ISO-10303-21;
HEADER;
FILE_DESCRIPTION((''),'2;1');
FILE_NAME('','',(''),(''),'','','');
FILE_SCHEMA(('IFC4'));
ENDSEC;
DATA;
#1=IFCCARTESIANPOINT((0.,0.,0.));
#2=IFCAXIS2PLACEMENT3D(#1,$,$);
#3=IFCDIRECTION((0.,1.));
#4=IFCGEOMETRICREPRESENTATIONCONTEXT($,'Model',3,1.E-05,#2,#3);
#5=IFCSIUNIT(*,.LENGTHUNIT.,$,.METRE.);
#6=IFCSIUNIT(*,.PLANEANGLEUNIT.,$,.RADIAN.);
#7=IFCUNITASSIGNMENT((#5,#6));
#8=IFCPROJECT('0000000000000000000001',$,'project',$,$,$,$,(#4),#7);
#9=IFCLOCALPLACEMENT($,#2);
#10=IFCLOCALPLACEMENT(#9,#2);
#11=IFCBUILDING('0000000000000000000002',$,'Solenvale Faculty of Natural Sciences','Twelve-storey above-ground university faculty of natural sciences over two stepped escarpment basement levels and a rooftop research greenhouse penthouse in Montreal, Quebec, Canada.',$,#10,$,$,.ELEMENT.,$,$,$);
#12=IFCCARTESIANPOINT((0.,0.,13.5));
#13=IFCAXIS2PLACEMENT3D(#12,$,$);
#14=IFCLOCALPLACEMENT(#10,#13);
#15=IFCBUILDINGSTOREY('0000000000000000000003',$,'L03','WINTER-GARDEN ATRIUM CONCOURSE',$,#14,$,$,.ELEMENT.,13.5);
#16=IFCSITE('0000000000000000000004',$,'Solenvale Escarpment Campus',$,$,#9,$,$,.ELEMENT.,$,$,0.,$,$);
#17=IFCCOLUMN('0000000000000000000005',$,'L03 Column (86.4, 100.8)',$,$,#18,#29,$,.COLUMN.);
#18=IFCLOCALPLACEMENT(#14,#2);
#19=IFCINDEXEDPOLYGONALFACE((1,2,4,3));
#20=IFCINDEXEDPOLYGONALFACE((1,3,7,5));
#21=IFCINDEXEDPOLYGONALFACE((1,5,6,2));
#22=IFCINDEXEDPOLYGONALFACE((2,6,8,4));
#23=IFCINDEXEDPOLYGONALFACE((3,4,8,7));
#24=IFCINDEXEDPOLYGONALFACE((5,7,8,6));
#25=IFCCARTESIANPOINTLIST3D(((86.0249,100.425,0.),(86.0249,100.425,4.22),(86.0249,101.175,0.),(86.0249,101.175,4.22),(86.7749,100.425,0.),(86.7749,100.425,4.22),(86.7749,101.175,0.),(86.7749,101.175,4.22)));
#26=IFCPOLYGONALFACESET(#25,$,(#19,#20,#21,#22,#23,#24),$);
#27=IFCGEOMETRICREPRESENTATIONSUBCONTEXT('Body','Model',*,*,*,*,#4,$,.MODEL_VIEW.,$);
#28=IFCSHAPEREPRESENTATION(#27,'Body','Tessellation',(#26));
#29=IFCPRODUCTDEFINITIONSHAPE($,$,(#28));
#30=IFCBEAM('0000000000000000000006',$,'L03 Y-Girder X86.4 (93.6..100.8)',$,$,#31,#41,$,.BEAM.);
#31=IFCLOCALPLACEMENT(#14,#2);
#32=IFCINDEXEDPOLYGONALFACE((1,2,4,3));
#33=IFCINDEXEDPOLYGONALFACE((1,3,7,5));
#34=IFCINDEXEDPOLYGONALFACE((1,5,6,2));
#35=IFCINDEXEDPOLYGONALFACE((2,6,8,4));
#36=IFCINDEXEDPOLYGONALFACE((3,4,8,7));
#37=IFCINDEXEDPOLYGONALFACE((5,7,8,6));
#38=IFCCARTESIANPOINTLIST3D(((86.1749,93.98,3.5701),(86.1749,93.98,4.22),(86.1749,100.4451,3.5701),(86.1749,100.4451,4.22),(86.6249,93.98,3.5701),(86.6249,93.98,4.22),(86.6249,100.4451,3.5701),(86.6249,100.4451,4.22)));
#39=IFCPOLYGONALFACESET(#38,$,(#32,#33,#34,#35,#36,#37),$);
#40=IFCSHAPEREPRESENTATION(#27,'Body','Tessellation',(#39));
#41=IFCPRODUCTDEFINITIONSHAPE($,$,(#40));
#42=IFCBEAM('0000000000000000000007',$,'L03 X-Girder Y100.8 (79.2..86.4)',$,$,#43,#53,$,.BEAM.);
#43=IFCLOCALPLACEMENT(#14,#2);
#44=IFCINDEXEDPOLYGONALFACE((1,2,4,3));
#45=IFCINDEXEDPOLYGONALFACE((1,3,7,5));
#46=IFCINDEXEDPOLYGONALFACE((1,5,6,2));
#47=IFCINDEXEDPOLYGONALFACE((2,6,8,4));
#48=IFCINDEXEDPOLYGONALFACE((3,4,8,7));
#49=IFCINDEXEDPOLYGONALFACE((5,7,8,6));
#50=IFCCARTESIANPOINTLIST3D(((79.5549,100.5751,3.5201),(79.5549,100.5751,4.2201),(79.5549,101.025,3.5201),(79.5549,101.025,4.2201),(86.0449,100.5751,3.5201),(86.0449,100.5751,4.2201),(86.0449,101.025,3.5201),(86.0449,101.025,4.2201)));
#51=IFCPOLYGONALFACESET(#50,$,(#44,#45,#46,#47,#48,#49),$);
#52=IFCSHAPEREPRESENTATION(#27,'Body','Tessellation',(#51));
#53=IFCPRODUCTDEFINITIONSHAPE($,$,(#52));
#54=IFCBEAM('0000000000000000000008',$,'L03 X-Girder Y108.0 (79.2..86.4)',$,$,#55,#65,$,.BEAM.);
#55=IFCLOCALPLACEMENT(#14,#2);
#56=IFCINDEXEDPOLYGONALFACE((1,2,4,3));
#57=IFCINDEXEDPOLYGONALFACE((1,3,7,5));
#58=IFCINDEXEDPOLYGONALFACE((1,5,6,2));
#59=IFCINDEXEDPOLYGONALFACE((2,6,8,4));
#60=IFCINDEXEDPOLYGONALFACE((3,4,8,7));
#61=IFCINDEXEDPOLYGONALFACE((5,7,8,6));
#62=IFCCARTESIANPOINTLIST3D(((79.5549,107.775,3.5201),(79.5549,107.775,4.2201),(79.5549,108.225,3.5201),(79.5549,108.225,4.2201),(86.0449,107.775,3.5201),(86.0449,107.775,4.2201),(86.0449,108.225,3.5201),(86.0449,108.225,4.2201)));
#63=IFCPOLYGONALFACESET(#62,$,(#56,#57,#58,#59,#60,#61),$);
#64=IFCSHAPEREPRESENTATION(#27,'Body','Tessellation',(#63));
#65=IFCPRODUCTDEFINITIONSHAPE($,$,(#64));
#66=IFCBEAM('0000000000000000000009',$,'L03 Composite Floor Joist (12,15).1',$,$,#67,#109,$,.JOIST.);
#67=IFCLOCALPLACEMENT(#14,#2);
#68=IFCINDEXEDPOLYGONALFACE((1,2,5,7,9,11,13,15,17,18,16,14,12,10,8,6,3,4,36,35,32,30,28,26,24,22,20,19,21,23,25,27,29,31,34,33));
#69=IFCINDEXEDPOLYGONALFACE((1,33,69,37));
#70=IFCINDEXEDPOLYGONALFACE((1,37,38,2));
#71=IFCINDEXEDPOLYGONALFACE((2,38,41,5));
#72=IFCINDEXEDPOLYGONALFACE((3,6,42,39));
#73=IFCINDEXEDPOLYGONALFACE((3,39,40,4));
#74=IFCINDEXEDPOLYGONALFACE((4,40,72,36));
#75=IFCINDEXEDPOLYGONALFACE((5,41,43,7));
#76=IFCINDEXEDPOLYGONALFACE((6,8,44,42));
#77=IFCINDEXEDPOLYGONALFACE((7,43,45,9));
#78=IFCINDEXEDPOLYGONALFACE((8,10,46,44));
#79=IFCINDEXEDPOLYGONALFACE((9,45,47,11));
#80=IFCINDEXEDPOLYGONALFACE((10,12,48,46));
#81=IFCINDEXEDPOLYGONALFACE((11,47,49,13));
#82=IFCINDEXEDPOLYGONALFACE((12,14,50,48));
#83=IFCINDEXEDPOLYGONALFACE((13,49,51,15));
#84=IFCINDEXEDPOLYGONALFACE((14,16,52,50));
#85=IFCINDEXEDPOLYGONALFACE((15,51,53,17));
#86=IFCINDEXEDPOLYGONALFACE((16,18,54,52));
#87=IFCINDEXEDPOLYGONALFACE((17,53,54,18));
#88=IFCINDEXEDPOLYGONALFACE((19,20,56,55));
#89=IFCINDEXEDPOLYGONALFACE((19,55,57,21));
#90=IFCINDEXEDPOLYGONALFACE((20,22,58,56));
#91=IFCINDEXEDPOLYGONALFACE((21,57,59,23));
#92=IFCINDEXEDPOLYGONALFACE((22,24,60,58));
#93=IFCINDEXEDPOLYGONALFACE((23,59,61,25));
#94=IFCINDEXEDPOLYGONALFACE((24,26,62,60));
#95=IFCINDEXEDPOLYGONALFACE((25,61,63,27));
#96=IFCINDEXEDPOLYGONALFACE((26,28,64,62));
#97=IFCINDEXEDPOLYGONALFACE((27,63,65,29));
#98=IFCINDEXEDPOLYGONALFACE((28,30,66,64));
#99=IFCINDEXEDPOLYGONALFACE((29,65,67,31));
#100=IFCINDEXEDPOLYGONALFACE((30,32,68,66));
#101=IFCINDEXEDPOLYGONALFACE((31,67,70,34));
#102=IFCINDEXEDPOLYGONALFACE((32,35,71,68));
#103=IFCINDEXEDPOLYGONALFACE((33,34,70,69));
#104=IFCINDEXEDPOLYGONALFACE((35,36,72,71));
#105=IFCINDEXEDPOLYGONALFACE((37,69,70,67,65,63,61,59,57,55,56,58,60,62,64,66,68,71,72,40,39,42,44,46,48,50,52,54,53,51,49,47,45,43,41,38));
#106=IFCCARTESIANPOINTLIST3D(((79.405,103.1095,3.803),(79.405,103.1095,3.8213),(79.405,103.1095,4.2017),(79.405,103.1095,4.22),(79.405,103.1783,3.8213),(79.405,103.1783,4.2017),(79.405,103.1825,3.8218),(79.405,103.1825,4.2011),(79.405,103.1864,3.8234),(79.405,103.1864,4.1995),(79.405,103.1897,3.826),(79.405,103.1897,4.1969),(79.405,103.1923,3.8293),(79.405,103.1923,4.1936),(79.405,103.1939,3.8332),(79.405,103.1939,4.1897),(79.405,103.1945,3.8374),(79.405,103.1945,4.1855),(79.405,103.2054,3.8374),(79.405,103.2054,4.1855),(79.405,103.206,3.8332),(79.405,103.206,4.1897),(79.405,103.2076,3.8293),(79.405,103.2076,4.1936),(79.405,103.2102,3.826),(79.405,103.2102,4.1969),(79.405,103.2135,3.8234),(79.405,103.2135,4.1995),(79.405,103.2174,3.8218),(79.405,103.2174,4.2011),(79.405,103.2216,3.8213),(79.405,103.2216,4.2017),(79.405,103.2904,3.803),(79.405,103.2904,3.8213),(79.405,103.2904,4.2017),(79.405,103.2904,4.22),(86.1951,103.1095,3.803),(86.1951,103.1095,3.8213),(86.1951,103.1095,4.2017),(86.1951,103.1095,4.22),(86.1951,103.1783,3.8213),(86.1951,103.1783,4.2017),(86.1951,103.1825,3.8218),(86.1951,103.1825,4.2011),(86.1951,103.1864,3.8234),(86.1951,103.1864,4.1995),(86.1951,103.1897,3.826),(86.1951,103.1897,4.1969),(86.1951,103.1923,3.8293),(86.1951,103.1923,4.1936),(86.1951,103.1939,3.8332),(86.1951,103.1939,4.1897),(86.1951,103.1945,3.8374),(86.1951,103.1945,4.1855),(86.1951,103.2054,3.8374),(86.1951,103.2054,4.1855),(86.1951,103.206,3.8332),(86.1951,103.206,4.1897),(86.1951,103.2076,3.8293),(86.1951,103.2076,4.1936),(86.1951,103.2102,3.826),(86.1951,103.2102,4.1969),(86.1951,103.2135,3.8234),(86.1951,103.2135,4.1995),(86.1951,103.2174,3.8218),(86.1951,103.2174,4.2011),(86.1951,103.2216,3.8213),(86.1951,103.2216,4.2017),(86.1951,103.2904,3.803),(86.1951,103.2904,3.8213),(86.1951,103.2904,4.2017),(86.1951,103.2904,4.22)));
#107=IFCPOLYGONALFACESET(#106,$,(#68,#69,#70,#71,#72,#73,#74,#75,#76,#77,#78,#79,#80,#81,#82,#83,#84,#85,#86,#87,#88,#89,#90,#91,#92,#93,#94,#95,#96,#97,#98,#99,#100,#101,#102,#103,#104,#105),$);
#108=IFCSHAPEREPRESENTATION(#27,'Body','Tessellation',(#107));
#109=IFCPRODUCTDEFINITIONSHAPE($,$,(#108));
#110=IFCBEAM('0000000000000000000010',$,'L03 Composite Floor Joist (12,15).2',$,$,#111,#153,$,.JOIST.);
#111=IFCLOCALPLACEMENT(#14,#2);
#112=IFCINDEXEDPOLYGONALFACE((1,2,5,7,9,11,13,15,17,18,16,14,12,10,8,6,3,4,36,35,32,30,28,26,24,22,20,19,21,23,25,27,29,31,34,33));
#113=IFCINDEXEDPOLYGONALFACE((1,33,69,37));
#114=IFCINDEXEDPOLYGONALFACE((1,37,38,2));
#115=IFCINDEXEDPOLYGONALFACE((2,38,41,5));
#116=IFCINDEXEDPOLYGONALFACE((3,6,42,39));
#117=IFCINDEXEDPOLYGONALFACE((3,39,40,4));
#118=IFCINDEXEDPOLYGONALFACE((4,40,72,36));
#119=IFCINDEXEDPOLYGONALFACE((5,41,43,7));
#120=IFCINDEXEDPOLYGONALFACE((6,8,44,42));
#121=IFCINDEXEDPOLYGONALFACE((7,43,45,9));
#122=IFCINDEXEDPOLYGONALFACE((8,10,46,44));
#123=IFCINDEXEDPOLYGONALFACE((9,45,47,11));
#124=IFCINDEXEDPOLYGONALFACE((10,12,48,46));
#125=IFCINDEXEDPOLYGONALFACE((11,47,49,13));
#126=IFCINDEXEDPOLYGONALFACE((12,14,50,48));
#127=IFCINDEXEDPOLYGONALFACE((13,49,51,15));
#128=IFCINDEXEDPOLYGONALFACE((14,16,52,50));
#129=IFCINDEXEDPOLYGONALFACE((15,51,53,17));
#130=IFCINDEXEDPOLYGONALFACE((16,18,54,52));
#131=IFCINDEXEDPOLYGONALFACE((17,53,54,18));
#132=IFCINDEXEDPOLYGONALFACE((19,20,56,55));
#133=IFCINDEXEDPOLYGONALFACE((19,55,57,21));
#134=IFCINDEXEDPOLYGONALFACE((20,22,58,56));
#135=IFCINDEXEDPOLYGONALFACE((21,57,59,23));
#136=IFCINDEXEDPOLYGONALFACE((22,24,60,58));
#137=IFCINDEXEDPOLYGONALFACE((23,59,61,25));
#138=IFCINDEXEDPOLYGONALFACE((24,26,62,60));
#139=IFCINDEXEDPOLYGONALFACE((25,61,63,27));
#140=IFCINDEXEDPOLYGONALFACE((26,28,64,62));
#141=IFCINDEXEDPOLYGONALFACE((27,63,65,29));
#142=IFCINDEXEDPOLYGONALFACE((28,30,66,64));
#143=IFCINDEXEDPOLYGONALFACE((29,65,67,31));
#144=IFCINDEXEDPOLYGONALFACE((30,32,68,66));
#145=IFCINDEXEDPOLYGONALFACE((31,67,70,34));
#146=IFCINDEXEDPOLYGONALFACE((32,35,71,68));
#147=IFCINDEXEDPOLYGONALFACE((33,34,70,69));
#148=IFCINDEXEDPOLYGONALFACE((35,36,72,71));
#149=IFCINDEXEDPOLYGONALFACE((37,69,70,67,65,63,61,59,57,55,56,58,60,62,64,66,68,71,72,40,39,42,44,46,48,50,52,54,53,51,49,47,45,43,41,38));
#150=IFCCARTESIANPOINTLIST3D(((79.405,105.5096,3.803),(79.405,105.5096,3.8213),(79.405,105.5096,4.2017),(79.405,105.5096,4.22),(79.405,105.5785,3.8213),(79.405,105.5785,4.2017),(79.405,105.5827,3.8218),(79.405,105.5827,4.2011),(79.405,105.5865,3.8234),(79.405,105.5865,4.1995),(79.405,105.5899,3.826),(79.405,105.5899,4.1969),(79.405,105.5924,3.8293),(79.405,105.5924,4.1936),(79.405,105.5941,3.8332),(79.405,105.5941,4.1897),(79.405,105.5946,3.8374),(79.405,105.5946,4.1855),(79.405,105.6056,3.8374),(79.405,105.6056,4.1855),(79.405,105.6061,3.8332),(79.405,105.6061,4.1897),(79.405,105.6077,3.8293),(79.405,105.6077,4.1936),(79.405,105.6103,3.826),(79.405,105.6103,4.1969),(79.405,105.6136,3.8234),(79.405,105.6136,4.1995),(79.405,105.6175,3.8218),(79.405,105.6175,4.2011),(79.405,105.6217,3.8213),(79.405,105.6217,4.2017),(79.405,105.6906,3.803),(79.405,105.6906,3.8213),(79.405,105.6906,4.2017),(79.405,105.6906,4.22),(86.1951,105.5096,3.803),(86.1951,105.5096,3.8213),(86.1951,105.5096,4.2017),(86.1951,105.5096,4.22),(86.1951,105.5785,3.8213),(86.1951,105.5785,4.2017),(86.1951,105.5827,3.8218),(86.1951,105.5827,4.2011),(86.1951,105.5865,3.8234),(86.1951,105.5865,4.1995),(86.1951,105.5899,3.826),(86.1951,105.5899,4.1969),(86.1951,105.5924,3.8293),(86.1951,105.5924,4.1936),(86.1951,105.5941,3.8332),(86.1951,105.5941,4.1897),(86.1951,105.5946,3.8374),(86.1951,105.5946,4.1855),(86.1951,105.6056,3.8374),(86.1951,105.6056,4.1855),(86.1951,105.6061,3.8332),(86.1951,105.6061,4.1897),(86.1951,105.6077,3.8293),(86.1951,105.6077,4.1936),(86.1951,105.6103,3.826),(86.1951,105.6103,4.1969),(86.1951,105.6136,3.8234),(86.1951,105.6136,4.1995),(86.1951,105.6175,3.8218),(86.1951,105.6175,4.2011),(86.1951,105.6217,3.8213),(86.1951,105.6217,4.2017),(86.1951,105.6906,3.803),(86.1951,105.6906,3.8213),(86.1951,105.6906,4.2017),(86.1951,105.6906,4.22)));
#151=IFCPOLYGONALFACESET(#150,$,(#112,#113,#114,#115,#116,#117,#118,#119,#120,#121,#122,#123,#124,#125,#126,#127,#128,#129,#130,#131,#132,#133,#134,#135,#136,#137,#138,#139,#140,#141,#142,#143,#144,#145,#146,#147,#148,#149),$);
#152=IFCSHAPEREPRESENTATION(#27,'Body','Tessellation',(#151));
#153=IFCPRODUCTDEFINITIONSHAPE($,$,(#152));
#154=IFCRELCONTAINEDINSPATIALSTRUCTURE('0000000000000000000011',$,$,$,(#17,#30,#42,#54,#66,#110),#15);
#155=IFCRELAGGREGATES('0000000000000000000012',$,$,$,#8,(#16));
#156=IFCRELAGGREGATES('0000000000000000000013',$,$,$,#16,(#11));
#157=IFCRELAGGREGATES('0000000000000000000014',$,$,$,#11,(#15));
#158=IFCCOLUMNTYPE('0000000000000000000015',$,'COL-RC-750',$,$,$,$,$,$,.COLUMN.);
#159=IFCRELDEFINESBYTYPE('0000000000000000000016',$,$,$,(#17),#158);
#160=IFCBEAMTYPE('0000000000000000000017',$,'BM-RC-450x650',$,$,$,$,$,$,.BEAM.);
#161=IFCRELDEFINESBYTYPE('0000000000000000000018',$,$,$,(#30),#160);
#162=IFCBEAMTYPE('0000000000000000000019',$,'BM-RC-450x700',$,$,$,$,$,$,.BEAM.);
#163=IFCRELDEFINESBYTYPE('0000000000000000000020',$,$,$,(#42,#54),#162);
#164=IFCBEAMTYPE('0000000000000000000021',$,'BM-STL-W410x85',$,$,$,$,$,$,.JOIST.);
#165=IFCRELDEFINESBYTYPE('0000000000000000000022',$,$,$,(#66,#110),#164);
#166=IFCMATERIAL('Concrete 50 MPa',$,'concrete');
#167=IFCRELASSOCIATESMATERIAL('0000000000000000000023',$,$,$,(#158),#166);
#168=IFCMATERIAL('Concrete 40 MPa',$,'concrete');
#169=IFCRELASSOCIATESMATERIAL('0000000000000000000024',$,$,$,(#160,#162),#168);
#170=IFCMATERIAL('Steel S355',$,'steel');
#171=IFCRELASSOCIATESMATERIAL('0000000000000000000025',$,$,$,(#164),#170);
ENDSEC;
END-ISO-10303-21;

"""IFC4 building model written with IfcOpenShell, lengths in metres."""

from ifc_helpers import new_model, si_unit, direction, frame, origin, origin_2d, place, context, subcontext, project, spatial, rectangle, i_section, extrude, material, material_profile, profile_set, type_object, element, save


model = new_model("IFC4")

# Units and contexts
model_context = context("Model", 3, precision=1e-05, world=origin(), true_north=direction((0.0, 1.0)))
body_context = subcontext(model_context, "Body", "Model", "MODEL_VIEW")
ifc_project = project(units=[si_unit("LENGTHUNIT", "METRE"), si_unit("PLANEANGLEUNIT", "RADIAN")], contexts=[model_context])

# Site, building, storey
site_placement = place(None, origin())
site = spatial("IfcSite", under=ifc_project, at=site_placement, Name="Solenvale Escarpment Campus", CompositionType="ELEMENT", RefElevation=0.0)
building_placement = place(site_placement, origin())
building = spatial("IfcBuilding", under=site, at=building_placement, Name="Solenvale Faculty of Natural Sciences", Description="Twelve-storey above-ground university faculty of natural sciences over two stepped escarpment basement levels and a rooftop research greenhouse penthouse in Montreal, Quebec, Canada.", CompositionType="ELEMENT")
storey_placement = place(building_placement, frame((0.0, 0.0, 13.5)))
storey = spatial("IfcBuildingStorey", under=building, at=storey_placement, Name="L03", Description="WINTER-GARDEN ATRIUM CONCOURSE", CompositionType="ELEMENT", Elevation=13.5)

# Column
ifc_material_1 = material(Name="Concrete 50 MPa", Category="concrete")
ifc_material_profile_1 = material_profile(ifc_material_1, rectangle(XDim=0.75, YDim=0.75, at=origin_2d()), Name="RC-COL-750x750")
ifc_profile_set_1 = profile_set([ifc_material_profile_1], Name="Concrete 50 MPa")
column_type = type_object("IfcColumnType", Name="COL-RC-750", PredefinedType="COLUMN", material=ifc_profile_set_1)
column_placement = place(storey_placement, frame((86.3999, 100.8, 0.0), z_axis=(0.0, 0.0, 1.0), x_axis=(1.0, 0.0, 0.0)))
element("IfcColumn", 1, at=column_placement, inside=storey, type_object=column_type, Name="L03 Column (86.4, 100.8)", PredefinedType="COLUMN", context=body_context, shape_type="SweptSolid", body=[
    extrude(rectangle(XDim=0.75, YDim=0.75, at=origin_2d()), origin(), (0.0, 0.0, 1.0), 4.22),
])

# Beams
ifc_material_2 = material(Name="Concrete 40 MPa", Category="concrete")
ifc_material_profile_2 = material_profile(ifc_material_2, rectangle(XDim=0.45, YDim=0.6499, at=origin_2d()), Name="RC-BM-450x650")
ifc_profile_set_2 = profile_set([ifc_material_profile_2], Name="Concrete 40 MPa")
beam_type_1 = type_object("IfcBeamType", Name="BM-RC-450x650", PredefinedType="BEAM", material=ifc_profile_set_2)
beam_placement = place(storey_placement, frame((86.3999, 93.98, 3.895), z_axis=(0.0, 1.0, 0.0), x_axis=(-1.0, 0.0, 0.0)))
element("IfcBeam", 2, at=beam_placement, inside=storey, type_object=beam_type_1, Name="L03 Y-Girder X86.4 (93.6..100.8)", PredefinedType="BEAM", context=body_context, shape_type="SweptSolid", body=[
    extrude(rectangle(XDim=0.45, YDim=0.6499, at=origin_2d()), origin(), (0.0, 0.0, 1.0), 6.4651),
])
ifc_material_profile_3 = material_profile(ifc_material_2, rectangle(XDim=0.45, YDim=0.7, at=origin_2d()), Name="RC-BM-450x700")
ifc_profile_set_3 = profile_set([ifc_material_profile_3], Name="Concrete 40 MPa")
beam_type_2 = type_object("IfcBeamType", Name="BM-RC-450x700", PredefinedType="BEAM", material=ifc_profile_set_3)
for number, where, z_axis, x_axis, name in (
    (3, (79.5549, 100.8, 3.8701), (1.0, 0.0, 0.0), (0.0, 1.0, 0.0), "L03 X-Girder Y100.8 (79.2..86.4)"),
    (4, (79.5549, 108.0, 3.8701), (1.0, 0.0, 0.0), (0.0, 1.0, 0.0), "L03 X-Girder Y108.0 (79.2..86.4)"),
):
    element("IfcBeam", number, at=place(storey_placement, frame(where, z_axis=z_axis, x_axis=x_axis)), inside=storey, type_object=beam_type_2, Name=name, PredefinedType="BEAM", context=body_context, shape_type="SweptSolid", body=[
        extrude(rectangle(XDim=0.45, YDim=0.7, at=origin_2d()), origin(), (0.0, 0.0, 1.0), 6.49),
    ])
ifc_material_3 = material(Name="Steel S355", Category="steel")
ifc_material_profile_4 = material_profile(ifc_material_3, i_section(OverallWidth=0.1809, OverallDepth=0.417, WebThickness=0.011, FlangeThickness=0.0183, FilletRadius=0.0161, at=origin_2d()), Name="W410x85")
ifc_profile_set_4 = profile_set([ifc_material_profile_4], Name="Steel S355")
beam_type_3 = type_object("IfcBeamType", Name="BM-STL-W410x85", PredefinedType="JOIST", material=ifc_profile_set_4)
for number, where, z_axis, x_axis, name in (
    (5, (79.405, 103.2, 4.0115), (1.0, 0.0, 0.0), (0.0, 1.0, 0.0), "L03 Composite Floor Joist (12,15).1"),
    (6, (79.405, 105.6001, 4.0115), (1.0, 0.0, 0.0), (0.0, 1.0, 0.0), "L03 Composite Floor Joist (12,15).2"),
):
    element("IfcBeam", number, at=place(storey_placement, frame(where, z_axis=z_axis, x_axis=x_axis)), inside=storey, type_object=beam_type_3, Name=name, PredefinedType="JOIST", context=body_context, shape_type="SweptSolid", body=[
        extrude(i_section(OverallWidth=0.1809, OverallDepth=0.417, WebThickness=0.011, FlangeThickness=0.0183, FilletRadius=0.0161, at=origin_2d()), origin(), (0.0, 0.0, 1.0), 6.79),
    ])

save(model, "model.ifc")
